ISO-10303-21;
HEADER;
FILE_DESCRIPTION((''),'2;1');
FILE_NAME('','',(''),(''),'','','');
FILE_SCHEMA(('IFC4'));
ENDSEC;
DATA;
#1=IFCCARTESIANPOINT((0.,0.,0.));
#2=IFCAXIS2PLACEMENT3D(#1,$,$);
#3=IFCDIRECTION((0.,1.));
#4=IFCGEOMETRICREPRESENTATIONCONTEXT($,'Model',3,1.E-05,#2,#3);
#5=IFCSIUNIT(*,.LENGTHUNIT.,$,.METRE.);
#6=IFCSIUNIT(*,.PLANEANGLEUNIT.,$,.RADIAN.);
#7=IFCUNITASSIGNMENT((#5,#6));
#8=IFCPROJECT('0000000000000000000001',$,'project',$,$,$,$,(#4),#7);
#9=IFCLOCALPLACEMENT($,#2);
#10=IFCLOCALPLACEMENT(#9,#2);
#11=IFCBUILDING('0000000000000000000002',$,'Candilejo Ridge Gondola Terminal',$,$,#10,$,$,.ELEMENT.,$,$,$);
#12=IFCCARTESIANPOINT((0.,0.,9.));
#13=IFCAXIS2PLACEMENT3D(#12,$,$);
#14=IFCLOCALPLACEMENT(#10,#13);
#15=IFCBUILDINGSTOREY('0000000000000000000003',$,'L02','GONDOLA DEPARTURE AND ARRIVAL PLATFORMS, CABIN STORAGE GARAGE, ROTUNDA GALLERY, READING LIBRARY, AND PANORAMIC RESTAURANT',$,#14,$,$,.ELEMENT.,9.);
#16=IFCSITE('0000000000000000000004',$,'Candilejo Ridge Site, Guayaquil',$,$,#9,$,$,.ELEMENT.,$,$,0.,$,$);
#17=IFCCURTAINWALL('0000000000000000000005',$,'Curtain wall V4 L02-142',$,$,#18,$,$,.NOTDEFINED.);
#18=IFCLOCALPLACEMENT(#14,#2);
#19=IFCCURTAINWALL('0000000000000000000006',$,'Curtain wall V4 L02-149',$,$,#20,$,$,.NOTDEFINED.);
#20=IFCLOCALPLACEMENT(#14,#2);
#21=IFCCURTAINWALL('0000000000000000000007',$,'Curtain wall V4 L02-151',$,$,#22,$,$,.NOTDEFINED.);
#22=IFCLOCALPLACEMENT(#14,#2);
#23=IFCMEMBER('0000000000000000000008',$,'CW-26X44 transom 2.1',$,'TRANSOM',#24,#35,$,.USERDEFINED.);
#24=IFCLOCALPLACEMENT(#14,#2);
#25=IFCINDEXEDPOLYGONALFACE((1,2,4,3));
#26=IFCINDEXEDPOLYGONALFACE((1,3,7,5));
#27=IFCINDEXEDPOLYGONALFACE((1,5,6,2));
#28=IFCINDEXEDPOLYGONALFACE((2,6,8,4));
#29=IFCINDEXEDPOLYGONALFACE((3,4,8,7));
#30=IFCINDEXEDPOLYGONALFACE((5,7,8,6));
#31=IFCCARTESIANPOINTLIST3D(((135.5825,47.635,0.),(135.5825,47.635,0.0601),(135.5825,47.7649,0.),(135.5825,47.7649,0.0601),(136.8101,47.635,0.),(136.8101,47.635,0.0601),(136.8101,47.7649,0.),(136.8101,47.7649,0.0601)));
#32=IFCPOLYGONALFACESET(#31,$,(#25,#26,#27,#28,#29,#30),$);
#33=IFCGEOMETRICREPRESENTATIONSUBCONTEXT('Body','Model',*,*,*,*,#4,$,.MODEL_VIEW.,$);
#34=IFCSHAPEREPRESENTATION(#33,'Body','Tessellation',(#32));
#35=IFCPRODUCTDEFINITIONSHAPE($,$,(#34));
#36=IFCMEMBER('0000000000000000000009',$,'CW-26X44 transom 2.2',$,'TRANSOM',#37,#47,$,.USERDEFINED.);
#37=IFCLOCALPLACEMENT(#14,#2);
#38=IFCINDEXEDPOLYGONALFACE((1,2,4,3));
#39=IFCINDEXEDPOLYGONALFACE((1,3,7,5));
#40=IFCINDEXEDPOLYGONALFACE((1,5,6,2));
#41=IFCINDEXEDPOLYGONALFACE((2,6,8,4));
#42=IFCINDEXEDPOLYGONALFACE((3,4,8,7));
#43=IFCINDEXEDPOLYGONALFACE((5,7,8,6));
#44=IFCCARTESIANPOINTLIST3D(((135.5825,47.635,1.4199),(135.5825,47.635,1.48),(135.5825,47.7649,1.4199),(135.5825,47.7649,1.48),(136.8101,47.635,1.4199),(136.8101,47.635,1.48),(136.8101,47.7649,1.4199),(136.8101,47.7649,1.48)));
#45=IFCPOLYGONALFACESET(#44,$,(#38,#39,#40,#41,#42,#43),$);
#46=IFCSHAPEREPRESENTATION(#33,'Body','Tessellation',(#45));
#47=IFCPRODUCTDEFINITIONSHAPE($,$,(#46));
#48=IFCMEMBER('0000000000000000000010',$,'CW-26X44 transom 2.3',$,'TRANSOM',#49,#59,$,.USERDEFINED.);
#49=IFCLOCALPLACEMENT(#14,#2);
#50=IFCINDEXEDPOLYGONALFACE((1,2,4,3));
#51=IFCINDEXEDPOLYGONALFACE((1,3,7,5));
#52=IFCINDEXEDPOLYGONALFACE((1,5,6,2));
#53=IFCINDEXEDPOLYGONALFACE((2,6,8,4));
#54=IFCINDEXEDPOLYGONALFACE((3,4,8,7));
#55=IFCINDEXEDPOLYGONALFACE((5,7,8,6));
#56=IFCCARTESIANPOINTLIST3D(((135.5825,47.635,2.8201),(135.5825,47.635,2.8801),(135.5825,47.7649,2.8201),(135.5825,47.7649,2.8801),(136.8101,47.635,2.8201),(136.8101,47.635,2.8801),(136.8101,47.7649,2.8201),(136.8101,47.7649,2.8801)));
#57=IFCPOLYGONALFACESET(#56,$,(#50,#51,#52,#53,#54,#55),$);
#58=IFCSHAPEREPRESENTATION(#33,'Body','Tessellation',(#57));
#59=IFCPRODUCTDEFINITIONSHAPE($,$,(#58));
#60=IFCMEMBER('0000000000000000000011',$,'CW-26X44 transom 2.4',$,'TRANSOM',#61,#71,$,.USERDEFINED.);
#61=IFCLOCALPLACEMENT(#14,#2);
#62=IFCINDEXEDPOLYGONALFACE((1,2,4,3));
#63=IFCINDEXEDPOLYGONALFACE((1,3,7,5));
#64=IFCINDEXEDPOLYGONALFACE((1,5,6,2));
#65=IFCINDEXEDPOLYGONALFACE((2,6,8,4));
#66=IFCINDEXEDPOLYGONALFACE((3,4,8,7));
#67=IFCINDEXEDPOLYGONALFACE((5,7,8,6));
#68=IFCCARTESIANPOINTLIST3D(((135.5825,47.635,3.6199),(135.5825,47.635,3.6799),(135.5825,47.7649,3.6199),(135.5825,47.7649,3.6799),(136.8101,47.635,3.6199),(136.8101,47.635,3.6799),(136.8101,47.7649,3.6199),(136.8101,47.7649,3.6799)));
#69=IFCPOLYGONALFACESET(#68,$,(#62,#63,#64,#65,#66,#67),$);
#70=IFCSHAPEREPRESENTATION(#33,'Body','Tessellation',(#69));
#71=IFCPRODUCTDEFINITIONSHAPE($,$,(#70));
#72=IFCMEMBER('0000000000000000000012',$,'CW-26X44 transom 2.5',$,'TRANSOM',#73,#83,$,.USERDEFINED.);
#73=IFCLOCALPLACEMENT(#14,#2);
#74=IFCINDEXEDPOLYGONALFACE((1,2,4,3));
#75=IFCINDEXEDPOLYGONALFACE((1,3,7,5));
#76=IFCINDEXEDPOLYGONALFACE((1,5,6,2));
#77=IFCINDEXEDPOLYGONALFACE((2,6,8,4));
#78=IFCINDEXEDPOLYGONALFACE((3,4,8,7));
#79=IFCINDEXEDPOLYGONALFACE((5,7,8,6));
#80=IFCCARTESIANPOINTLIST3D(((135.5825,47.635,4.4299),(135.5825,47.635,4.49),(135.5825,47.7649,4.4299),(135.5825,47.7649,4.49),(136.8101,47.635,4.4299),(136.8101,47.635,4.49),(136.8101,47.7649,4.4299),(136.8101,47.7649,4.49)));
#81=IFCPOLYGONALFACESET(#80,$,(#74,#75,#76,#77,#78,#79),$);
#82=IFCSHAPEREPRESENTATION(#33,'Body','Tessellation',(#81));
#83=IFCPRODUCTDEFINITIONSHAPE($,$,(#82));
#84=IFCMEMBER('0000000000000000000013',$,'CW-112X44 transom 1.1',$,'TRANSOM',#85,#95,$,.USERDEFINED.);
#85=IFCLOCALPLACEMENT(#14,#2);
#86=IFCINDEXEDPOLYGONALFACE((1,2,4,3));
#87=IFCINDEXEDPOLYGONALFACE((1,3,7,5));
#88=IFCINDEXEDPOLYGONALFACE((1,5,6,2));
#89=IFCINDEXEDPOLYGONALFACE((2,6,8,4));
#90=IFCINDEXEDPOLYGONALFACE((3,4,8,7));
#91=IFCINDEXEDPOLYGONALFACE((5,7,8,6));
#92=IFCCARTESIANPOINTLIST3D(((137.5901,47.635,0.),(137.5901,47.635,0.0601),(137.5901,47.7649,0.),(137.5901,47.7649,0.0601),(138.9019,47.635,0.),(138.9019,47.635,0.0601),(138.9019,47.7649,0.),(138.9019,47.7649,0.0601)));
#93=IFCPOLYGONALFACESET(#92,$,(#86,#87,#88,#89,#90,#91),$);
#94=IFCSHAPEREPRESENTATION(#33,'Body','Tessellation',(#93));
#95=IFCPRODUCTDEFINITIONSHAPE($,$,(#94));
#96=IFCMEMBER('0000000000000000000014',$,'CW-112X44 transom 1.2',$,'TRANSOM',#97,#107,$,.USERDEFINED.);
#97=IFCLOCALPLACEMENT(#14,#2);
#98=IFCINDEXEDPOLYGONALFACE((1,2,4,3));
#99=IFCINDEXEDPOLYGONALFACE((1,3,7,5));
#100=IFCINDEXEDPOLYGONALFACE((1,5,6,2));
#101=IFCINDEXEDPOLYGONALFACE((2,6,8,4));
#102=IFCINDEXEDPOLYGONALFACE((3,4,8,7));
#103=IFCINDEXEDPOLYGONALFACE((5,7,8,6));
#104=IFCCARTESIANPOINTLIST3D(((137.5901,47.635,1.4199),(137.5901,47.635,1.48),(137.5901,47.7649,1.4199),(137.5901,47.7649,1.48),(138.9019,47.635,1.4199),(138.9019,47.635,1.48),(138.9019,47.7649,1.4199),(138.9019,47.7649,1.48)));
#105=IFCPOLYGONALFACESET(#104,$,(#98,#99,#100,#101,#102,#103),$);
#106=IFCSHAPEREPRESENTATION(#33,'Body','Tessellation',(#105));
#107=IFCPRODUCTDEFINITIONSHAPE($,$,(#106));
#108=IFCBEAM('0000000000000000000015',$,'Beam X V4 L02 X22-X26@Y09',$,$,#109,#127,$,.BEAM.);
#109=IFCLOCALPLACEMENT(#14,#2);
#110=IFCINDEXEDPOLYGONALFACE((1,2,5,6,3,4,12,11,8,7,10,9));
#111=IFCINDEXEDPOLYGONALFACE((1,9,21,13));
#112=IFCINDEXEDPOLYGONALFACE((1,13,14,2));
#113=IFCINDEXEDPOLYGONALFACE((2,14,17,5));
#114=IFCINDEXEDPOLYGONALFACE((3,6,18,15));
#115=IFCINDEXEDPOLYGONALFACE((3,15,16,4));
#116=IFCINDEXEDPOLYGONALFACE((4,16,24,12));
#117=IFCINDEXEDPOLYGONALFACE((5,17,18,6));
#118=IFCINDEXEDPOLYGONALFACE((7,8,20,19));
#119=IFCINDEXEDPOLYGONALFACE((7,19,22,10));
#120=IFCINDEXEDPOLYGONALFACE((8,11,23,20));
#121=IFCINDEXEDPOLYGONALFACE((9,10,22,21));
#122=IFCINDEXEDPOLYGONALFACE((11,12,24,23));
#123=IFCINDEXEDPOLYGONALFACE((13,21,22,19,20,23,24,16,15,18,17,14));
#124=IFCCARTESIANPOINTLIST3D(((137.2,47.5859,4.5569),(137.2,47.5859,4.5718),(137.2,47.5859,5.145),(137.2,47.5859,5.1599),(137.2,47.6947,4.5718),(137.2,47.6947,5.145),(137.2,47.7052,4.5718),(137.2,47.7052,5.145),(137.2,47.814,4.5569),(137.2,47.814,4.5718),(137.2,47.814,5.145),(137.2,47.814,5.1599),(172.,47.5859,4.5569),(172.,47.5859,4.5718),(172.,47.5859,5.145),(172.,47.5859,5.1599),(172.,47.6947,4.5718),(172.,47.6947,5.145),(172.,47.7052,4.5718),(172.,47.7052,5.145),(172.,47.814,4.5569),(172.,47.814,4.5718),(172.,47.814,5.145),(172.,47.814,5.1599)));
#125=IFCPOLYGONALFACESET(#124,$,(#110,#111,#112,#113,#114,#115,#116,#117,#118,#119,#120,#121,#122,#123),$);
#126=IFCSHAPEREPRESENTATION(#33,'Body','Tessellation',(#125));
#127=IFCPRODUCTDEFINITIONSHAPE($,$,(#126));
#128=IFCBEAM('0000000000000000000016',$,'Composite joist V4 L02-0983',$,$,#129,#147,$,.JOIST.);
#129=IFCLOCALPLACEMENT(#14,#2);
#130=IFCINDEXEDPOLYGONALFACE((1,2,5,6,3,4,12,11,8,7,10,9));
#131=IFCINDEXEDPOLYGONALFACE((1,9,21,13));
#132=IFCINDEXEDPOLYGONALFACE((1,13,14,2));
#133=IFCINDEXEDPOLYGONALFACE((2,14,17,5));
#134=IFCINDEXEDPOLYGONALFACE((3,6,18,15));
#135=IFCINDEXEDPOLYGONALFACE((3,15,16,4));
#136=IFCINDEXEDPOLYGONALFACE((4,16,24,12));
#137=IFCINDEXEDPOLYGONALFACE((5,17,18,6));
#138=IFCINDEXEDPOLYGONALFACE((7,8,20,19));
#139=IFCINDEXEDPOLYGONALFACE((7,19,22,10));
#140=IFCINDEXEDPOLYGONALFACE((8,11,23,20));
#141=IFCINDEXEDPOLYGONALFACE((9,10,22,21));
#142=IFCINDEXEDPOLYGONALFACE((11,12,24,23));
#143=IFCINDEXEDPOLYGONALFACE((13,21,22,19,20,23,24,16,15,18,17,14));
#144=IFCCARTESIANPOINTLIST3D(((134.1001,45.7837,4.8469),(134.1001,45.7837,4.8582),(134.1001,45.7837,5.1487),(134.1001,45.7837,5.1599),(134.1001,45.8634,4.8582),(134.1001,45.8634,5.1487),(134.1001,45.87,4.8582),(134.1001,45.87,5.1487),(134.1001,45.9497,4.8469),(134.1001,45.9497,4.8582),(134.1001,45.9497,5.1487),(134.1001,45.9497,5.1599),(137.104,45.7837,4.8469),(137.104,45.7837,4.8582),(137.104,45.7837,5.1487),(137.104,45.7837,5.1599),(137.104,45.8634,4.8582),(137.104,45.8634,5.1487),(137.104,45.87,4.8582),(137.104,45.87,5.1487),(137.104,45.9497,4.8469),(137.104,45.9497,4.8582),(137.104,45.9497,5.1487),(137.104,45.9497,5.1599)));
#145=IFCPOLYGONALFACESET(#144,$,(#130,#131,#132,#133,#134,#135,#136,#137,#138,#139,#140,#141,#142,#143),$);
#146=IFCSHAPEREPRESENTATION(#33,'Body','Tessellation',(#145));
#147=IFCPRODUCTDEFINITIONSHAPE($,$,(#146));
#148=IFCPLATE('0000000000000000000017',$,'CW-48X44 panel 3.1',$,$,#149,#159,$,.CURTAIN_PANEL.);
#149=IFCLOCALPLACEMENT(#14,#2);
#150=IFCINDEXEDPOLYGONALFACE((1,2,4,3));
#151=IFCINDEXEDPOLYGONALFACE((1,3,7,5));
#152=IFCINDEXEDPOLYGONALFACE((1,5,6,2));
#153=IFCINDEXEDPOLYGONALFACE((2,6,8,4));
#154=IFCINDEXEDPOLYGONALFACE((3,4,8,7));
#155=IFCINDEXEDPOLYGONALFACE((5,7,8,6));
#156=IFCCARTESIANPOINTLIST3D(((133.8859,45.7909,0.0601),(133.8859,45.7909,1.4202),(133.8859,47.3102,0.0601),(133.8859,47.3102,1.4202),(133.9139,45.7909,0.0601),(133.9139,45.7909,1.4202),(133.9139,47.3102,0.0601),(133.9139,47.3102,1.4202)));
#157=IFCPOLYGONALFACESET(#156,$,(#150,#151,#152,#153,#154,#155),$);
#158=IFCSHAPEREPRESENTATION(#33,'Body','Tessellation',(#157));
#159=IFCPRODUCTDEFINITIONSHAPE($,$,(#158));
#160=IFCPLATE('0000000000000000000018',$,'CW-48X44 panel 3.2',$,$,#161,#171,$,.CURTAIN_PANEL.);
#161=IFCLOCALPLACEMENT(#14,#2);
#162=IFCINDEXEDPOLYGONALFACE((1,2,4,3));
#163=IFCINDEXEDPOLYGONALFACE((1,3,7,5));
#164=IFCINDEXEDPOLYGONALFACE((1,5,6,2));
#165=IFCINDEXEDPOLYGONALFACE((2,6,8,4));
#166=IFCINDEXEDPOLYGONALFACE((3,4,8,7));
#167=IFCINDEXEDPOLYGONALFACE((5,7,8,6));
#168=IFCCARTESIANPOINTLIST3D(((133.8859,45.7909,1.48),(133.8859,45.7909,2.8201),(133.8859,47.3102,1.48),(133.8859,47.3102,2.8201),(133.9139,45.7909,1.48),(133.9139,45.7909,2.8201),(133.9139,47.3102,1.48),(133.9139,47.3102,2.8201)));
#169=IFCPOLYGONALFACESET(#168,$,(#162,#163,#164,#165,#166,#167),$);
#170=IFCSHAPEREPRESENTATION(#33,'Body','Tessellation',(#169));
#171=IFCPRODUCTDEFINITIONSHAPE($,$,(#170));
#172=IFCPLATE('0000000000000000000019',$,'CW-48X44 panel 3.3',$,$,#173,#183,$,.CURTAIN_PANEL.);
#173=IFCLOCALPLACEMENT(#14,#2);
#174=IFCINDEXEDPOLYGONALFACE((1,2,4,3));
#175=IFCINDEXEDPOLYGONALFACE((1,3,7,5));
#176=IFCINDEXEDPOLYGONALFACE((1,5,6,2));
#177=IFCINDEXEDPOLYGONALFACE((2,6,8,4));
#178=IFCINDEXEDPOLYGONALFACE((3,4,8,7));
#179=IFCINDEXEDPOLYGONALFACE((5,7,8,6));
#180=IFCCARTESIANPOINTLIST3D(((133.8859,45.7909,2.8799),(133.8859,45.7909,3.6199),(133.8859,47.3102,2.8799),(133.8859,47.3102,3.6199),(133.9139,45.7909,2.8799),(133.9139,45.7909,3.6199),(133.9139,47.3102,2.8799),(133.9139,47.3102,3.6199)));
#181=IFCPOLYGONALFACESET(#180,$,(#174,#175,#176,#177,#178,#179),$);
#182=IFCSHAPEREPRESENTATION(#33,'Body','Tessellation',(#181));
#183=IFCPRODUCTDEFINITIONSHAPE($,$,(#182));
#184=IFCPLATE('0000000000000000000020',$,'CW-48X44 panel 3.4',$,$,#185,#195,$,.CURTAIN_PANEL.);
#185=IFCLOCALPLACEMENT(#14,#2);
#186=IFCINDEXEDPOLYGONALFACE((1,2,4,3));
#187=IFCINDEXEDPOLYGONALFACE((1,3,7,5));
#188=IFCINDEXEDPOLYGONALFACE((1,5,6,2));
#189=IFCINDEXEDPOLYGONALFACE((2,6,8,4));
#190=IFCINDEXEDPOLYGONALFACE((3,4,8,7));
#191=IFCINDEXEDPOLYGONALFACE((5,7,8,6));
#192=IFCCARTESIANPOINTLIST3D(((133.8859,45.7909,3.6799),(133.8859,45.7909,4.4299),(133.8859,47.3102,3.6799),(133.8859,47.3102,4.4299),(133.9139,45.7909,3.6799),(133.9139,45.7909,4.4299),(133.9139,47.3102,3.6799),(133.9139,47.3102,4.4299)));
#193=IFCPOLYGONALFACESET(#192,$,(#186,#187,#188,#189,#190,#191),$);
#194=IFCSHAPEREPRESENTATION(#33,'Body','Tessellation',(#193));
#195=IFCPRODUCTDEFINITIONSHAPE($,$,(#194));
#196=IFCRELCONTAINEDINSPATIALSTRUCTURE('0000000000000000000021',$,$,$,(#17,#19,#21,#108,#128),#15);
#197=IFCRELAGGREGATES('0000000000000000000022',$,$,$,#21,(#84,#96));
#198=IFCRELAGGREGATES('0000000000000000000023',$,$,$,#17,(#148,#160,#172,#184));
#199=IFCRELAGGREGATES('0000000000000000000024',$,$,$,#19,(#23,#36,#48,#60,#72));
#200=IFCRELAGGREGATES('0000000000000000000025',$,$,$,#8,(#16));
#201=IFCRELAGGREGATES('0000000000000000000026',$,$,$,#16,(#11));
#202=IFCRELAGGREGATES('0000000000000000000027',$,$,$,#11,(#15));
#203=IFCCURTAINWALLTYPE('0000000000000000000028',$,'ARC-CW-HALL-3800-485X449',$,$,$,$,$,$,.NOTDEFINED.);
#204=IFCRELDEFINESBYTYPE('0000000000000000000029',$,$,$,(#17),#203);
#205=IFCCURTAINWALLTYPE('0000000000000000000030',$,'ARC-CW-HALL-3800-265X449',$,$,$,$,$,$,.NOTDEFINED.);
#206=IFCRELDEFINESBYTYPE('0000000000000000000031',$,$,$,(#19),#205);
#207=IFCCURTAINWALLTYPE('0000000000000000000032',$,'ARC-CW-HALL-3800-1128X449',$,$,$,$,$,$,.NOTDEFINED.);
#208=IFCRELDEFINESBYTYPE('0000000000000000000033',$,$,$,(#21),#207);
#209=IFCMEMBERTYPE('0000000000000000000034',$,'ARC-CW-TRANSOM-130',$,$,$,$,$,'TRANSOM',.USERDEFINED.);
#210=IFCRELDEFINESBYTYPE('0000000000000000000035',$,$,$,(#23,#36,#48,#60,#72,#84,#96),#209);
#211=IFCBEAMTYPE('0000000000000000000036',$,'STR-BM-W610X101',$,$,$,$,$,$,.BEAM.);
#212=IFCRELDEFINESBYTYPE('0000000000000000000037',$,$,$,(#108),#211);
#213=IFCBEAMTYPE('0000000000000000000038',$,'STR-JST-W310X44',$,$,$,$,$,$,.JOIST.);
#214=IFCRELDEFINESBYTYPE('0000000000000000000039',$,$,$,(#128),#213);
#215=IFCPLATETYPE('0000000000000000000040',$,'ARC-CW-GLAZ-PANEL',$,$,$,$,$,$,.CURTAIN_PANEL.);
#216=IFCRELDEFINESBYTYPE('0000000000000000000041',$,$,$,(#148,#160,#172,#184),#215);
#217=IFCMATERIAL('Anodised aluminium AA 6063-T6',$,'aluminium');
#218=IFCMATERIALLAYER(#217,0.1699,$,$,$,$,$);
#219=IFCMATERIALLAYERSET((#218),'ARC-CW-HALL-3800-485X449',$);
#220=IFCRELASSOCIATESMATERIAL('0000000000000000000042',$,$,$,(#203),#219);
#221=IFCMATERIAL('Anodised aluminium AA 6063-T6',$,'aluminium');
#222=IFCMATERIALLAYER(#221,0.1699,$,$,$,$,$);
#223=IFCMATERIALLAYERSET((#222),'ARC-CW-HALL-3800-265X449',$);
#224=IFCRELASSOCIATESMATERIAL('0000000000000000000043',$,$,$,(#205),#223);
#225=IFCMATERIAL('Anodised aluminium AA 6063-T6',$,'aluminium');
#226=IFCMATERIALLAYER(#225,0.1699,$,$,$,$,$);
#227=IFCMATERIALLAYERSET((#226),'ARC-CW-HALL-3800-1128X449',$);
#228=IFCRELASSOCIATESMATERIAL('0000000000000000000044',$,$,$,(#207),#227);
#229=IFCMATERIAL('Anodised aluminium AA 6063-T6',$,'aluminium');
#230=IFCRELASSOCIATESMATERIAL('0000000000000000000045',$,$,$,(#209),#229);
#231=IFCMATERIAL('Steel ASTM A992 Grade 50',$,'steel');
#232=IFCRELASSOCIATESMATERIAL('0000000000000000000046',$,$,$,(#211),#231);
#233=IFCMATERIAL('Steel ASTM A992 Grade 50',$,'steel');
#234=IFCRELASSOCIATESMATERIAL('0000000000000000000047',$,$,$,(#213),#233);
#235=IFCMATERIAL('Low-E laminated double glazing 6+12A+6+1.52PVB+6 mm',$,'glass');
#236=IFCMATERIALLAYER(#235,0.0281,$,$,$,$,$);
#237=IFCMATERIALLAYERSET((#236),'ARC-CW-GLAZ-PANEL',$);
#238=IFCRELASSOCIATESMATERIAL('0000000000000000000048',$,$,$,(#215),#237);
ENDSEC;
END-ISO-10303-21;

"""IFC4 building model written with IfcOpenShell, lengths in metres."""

from ifc_helpers import new_model, si_unit, direction, frame, origin, origin_2d, place, context, subcontext, project, spatial, rectangle, i_section, extrude, material, layer, layer_set, material_profile, profile_set, type_object, element, aggregate, save


model = new_model("IFC4")

# Units and contexts
model_context = context("Model", 3, precision=1e-05, world=origin(), true_north=direction((0.0, 1.0)))
body_context = subcontext(model_context, "Body", "Model", "MODEL_VIEW")
ifc_project = project(units=[si_unit("LENGTHUNIT", "METRE"), si_unit("PLANEANGLEUNIT", "RADIAN")], contexts=[model_context])

# Site, building, storey
site_placement = place(None, origin())
site = spatial("IfcSite", under=ifc_project, at=site_placement, Name="Candilejo Ridge Site, Guayaquil", CompositionType="ELEMENT", RefElevation=0.0)
building_placement = place(site_placement, origin())
building = spatial("IfcBuilding", under=site, at=building_placement, Name="Candilejo Ridge Gondola Terminal", CompositionType="ELEMENT")
storey_placement = place(building_placement, frame((0.0, 0.0, 9.0)))
storey = spatial("IfcBuildingStorey", under=building, at=storey_placement, Name="L02", Description="GONDOLA DEPARTURE AND ARRIVAL PLATFORMS, CABIN STORAGE GARAGE, ROTUNDA GALLERY, READING LIBRARY, AND PANORAMIC RESTAURANT", CompositionType="ELEMENT", Elevation=9.0)

# Curtain wall
ifc_material_1 = material(Name="Anodised aluminium AA 6063-T6", Category="aluminium")
ifc_layer_1 = layer(ifc_material_1, 0.1699)
ifc_layer_set_1 = layer_set([ifc_layer_1], Name="ARC-CW-HALL-3800-485X449")
curtain_wall_type_1 = type_object("IfcCurtainWallType", Name="ARC-CW-HALL-3800-485X449", PredefinedType="NOTDEFINED", material=ifc_layer_set_1)
curtain_wall_1_placement = place(storey_placement, origin())
curtain_wall_1 = element("IfcCurtainWall", 1, at=curtain_wall_1_placement, inside=storey, type_object=curtain_wall_type_1, Name="Curtain wall V4 L02-142", PredefinedType="NOTDEFINED")

# Curtain wall
ifc_material_2 = material(Name="Anodised aluminium AA 6063-T6", Category="aluminium")
ifc_layer_2 = layer(ifc_material_2, 0.1699)
ifc_layer_set_2 = layer_set([ifc_layer_2], Name="ARC-CW-HALL-3800-265X449")
curtain_wall_type_2 = type_object("IfcCurtainWallType", Name="ARC-CW-HALL-3800-265X449", PredefinedType="NOTDEFINED", material=ifc_layer_set_2)
curtain_wall_2_placement = place(storey_placement, origin())
curtain_wall_2 = element("IfcCurtainWall", 2, at=curtain_wall_2_placement, inside=storey, type_object=curtain_wall_type_2, Name="Curtain wall V4 L02-149", PredefinedType="NOTDEFINED")

# Curtain wall
ifc_material_3 = material(Name="Anodised aluminium AA 6063-T6", Category="aluminium")
ifc_layer_3 = layer(ifc_material_3, 0.1699)
ifc_layer_set_3 = layer_set([ifc_layer_3], Name="ARC-CW-HALL-3800-1128X449")
curtain_wall_type_3 = type_object("IfcCurtainWallType", Name="ARC-CW-HALL-3800-1128X449", PredefinedType="NOTDEFINED", material=ifc_layer_set_3)
curtain_wall_3_placement = place(storey_placement, origin())
curtain_wall_3 = element("IfcCurtainWall", 3, at=curtain_wall_3_placement, inside=storey, type_object=curtain_wall_type_3, Name="Curtain wall V4 L02-151", PredefinedType="NOTDEFINED")

# Members
ifc_material_4 = material(Name="Anodised aluminium AA 6063-T6", Category="aluminium")
ifc_material_profile_1 = material_profile(ifc_material_4, rectangle(XDim=0.1299, YDim=0.0601, at=origin_2d()))
ifc_profile_set_1 = profile_set([ifc_material_profile_1], Name="Anodised aluminium AA 6063-T6")
member_type_1 = type_object("IfcMemberType", Name="ARC-CW-TRANSOM-130", ElementType="TRANSOM", PredefinedType="USERDEFINED", material=ifc_profile_set_1)
member_1_placement = place(storey_placement, frame((135.5825, 47.7, 0.03), z_axis=(1.0, 0.0, 0.0), x_axis=(0.0, 1.0, 0.0)))
member_1 = element("IfcMember", 4, at=member_1_placement, type_object=member_type_1, Name="CW-26X44 transom 2.1", ObjectType="TRANSOM", PredefinedType="USERDEFINED", context=body_context, shape_type="SweptSolid", body=[
    extrude(rectangle(XDim=0.1299, YDim=0.0601, at=origin_2d()), origin(), (0.0, 0.0, 1.0), 1.2275),
])
member_2_placement = place(storey_placement, frame((135.5825, 47.7, 1.45), z_axis=(1.0, 0.0, 0.0), x_axis=(0.0, 1.0, 0.0)))
member_2 = element("IfcMember", 5, at=member_2_placement, type_object=member_type_1, Name="CW-26X44 transom 2.2", ObjectType="TRANSOM", PredefinedType="USERDEFINED", context=body_context, shape_type="SweptSolid", body=[
    extrude(rectangle(XDim=0.1299, YDim=0.0601, at=origin_2d()), origin(), (0.0, 0.0, 1.0), 1.2275),
])
member_3_placement = place(storey_placement, frame((135.5825, 47.7, 2.8501), z_axis=(1.0, 0.0, 0.0), x_axis=(0.0, 1.0, 0.0)))
member_3 = element("IfcMember", 6, at=member_3_placement, type_object=member_type_1, Name="CW-26X44 transom 2.3", ObjectType="TRANSOM", PredefinedType="USERDEFINED", context=body_context, shape_type="SweptSolid", body=[
    extrude(rectangle(XDim=0.1299, YDim=0.0601, at=origin_2d()), origin(), (0.0, 0.0, 1.0), 1.2275),
])
member_4_placement = place(storey_placement, frame((135.5825, 47.7, 3.6499), z_axis=(1.0, 0.0, 0.0), x_axis=(0.0, 1.0, 0.0)))
member_4 = element("IfcMember", 7, at=member_4_placement, type_object=member_type_1, Name="CW-26X44 transom 2.4", ObjectType="TRANSOM", PredefinedType="USERDEFINED", context=body_context, shape_type="SweptSolid", body=[
    extrude(rectangle(XDim=0.1299, YDim=0.0601, at=origin_2d()), origin(), (0.0, 0.0, 1.0), 1.2275),
])
member_5_placement = place(storey_placement, frame((135.5825, 47.7, 4.46), z_axis=(1.0, 0.0, 0.0), x_axis=(0.0, 1.0, 0.0)))
member_5 = element("IfcMember", 8, at=member_5_placement, type_object=member_type_1, Name="CW-26X44 transom 2.5", ObjectType="TRANSOM", PredefinedType="USERDEFINED", context=body_context, shape_type="SweptSolid", body=[
    extrude(rectangle(XDim=0.1299, YDim=0.0601, at=origin_2d()), origin(), (0.0, 0.0, 1.0), 1.2275),
])
member_6_placement = place(storey_placement, frame((137.5901, 47.7, 0.03), z_axis=(1.0, 0.0, 0.0), x_axis=(0.0, 1.0, 0.0)))
member_6 = element("IfcMember", 9, at=member_6_placement, type_object=member_type_1, Name="CW-112X44 transom 1.1", ObjectType="TRANSOM", PredefinedType="USERDEFINED", context=body_context, shape_type="SweptSolid", body=[
    extrude(rectangle(XDim=0.1299, YDim=0.0601, at=origin_2d()), origin(), (0.0, 0.0, 1.0), 1.3118),
])
member_7_placement = place(storey_placement, frame((137.5901, 47.7, 1.45), z_axis=(1.0, 0.0, 0.0), x_axis=(0.0, 1.0, 0.0)))
member_7 = element("IfcMember", 10, at=member_7_placement, type_object=member_type_1, Name="CW-112X44 transom 1.2", ObjectType="TRANSOM", PredefinedType="USERDEFINED", context=body_context, shape_type="SweptSolid", body=[
    extrude(rectangle(XDim=0.1299, YDim=0.0601, at=origin_2d()), origin(), (0.0, 0.0, 1.0), 1.3118),
])
aggregate(curtain_wall_3, [member_6, member_7])

# Beams
ifc_material_5 = material(Name="Steel ASTM A992 Grade 50", Category="steel")
ifc_material_profile_2 = material_profile(ifc_material_5, i_section(OverallWidth=0.228, OverallDepth=0.603, WebThickness=0.0105, FlangeThickness=0.0149, at=origin_2d()))
ifc_profile_set_2 = profile_set([ifc_material_profile_2], Name="Steel ASTM A992 Grade 50")
beam_type_1 = type_object("IfcBeamType", Name="STR-BM-W610X101", PredefinedType="BEAM", material=ifc_profile_set_2)
beam_1_placement = place(storey_placement, frame((137.2, 47.7, 4.8584), z_axis=(1.0, 0.0, 0.0), x_axis=(0.0, 1.0, 0.0)))
element("IfcBeam", 11, at=beam_1_placement, inside=storey, type_object=beam_type_1, Name="Beam X V4 L02 X22-X26@Y09", PredefinedType="BEAM", context=body_context, shape_type="SweptSolid", body=[
    extrude(i_section(OverallWidth=0.228, OverallDepth=0.603, WebThickness=0.0105, FlangeThickness=0.0149, at=origin_2d()), origin(), (0.0, 0.0, 1.0), 34.8),
])
ifc_material_6 = material(Name="Steel ASTM A992 Grade 50", Category="steel")
ifc_material_profile_3 = material_profile(ifc_material_6, i_section(OverallWidth=0.166, OverallDepth=0.313, WebThickness=0.0066, FlangeThickness=0.0112, at=origin_2d()))
ifc_profile_set_3 = profile_set([ifc_material_profile_3], Name="Steel ASTM A992 Grade 50")
beam_type_2 = type_object("IfcBeamType", Name="STR-JST-W310X44", PredefinedType="JOIST", material=ifc_profile_set_3)
beam_2_placement = place(storey_placement, frame((134.1001, 45.8667, 5.0034), z_axis=(1.0, 0.0, 0.0), x_axis=(0.0, 1.0, 0.0)))
element("IfcBeam", 12, at=beam_2_placement, inside=storey, type_object=beam_type_2, Name="Composite joist V4 L02-0983", PredefinedType="JOIST", context=body_context, shape_type="SweptSolid", body=[
    extrude(i_section(OverallWidth=0.166, OverallDepth=0.313, WebThickness=0.0066, FlangeThickness=0.0112, at=origin_2d()), origin(), (0.0, 0.0, 1.0), 3.0039),
])

# Plates
ifc_material_7 = material(Name="Low-E laminated double glazing 6+12A+6+1.52PVB+6 mm", Category="glass")
ifc_layer_4 = layer(ifc_material_7, 0.0281)
ifc_layer_set_4 = layer_set([ifc_layer_4], Name="ARC-CW-GLAZ-PANEL")
plate_type = type_object("IfcPlateType", Name="ARC-CW-GLAZ-PANEL", PredefinedType="CURTAIN_PANEL", material=ifc_layer_set_4)
plate_1_placement = place(storey_placement, frame((133.8999, 46.5505, 0.0601), z_axis=(0.0, 0.0, 1.0), x_axis=(0.0, 1.0, 0.0)))
plate_1 = element("IfcPlate", 13, at=plate_1_placement, type_object=plate_type, Name="CW-48X44 panel 3.1", PredefinedType="CURTAIN_PANEL", context=body_context, shape_type="SweptSolid", body=[
    extrude(rectangle(XDim=1.5193, YDim=0.0281, at=origin_2d()), origin(), (0.0, 0.0, 1.0), 1.3601),
])
plate_2_placement = place(storey_placement, frame((133.8999, 46.5505, 1.48), z_axis=(0.0, 0.0, 1.0), x_axis=(0.0, 1.0, 0.0)))
plate_2 = element("IfcPlate", 14, at=plate_2_placement, type_object=plate_type, Name="CW-48X44 panel 3.2", PredefinedType="CURTAIN_PANEL", context=body_context, shape_type="SweptSolid", body=[
    extrude(rectangle(XDim=1.5193, YDim=0.0281, at=origin_2d()), origin(), (0.0, 0.0, 1.0), 1.3401),
])
plate_3_placement = place(storey_placement, frame((133.8999, 46.5505, 2.8799), z_axis=(0.0, 0.0, 1.0), x_axis=(0.0, 1.0, 0.0)))
plate_3 = element("IfcPlate", 15, at=plate_3_placement, type_object=plate_type, Name="CW-48X44 panel 3.3", PredefinedType="CURTAIN_PANEL", context=body_context, shape_type="SweptSolid", body=[
    extrude(rectangle(XDim=1.5193, YDim=0.0281, at=origin_2d()), origin(), (0.0, 0.0, 1.0), 0.74),
])
plate_4_placement = place(storey_placement, frame((133.8999, 46.5505, 3.6799), z_axis=(0.0, 0.0, 1.0), x_axis=(0.0, 1.0, 0.0)))
plate_4 = element("IfcPlate", 16, at=plate_4_placement, type_object=plate_type, Name="CW-48X44 panel 3.4", PredefinedType="CURTAIN_PANEL", context=body_context, shape_type="SweptSolid", body=[
    extrude(rectangle(XDim=1.5193, YDim=0.0281, at=origin_2d()), origin(), (0.0, 0.0, 1.0), 0.75),
])
aggregate(curtain_wall_1, [plate_1, plate_2, plate_3, plate_4])
aggregate(curtain_wall_2, [member_1, member_2, member_3, member_4, member_5])

save(model, "model.ifc")
